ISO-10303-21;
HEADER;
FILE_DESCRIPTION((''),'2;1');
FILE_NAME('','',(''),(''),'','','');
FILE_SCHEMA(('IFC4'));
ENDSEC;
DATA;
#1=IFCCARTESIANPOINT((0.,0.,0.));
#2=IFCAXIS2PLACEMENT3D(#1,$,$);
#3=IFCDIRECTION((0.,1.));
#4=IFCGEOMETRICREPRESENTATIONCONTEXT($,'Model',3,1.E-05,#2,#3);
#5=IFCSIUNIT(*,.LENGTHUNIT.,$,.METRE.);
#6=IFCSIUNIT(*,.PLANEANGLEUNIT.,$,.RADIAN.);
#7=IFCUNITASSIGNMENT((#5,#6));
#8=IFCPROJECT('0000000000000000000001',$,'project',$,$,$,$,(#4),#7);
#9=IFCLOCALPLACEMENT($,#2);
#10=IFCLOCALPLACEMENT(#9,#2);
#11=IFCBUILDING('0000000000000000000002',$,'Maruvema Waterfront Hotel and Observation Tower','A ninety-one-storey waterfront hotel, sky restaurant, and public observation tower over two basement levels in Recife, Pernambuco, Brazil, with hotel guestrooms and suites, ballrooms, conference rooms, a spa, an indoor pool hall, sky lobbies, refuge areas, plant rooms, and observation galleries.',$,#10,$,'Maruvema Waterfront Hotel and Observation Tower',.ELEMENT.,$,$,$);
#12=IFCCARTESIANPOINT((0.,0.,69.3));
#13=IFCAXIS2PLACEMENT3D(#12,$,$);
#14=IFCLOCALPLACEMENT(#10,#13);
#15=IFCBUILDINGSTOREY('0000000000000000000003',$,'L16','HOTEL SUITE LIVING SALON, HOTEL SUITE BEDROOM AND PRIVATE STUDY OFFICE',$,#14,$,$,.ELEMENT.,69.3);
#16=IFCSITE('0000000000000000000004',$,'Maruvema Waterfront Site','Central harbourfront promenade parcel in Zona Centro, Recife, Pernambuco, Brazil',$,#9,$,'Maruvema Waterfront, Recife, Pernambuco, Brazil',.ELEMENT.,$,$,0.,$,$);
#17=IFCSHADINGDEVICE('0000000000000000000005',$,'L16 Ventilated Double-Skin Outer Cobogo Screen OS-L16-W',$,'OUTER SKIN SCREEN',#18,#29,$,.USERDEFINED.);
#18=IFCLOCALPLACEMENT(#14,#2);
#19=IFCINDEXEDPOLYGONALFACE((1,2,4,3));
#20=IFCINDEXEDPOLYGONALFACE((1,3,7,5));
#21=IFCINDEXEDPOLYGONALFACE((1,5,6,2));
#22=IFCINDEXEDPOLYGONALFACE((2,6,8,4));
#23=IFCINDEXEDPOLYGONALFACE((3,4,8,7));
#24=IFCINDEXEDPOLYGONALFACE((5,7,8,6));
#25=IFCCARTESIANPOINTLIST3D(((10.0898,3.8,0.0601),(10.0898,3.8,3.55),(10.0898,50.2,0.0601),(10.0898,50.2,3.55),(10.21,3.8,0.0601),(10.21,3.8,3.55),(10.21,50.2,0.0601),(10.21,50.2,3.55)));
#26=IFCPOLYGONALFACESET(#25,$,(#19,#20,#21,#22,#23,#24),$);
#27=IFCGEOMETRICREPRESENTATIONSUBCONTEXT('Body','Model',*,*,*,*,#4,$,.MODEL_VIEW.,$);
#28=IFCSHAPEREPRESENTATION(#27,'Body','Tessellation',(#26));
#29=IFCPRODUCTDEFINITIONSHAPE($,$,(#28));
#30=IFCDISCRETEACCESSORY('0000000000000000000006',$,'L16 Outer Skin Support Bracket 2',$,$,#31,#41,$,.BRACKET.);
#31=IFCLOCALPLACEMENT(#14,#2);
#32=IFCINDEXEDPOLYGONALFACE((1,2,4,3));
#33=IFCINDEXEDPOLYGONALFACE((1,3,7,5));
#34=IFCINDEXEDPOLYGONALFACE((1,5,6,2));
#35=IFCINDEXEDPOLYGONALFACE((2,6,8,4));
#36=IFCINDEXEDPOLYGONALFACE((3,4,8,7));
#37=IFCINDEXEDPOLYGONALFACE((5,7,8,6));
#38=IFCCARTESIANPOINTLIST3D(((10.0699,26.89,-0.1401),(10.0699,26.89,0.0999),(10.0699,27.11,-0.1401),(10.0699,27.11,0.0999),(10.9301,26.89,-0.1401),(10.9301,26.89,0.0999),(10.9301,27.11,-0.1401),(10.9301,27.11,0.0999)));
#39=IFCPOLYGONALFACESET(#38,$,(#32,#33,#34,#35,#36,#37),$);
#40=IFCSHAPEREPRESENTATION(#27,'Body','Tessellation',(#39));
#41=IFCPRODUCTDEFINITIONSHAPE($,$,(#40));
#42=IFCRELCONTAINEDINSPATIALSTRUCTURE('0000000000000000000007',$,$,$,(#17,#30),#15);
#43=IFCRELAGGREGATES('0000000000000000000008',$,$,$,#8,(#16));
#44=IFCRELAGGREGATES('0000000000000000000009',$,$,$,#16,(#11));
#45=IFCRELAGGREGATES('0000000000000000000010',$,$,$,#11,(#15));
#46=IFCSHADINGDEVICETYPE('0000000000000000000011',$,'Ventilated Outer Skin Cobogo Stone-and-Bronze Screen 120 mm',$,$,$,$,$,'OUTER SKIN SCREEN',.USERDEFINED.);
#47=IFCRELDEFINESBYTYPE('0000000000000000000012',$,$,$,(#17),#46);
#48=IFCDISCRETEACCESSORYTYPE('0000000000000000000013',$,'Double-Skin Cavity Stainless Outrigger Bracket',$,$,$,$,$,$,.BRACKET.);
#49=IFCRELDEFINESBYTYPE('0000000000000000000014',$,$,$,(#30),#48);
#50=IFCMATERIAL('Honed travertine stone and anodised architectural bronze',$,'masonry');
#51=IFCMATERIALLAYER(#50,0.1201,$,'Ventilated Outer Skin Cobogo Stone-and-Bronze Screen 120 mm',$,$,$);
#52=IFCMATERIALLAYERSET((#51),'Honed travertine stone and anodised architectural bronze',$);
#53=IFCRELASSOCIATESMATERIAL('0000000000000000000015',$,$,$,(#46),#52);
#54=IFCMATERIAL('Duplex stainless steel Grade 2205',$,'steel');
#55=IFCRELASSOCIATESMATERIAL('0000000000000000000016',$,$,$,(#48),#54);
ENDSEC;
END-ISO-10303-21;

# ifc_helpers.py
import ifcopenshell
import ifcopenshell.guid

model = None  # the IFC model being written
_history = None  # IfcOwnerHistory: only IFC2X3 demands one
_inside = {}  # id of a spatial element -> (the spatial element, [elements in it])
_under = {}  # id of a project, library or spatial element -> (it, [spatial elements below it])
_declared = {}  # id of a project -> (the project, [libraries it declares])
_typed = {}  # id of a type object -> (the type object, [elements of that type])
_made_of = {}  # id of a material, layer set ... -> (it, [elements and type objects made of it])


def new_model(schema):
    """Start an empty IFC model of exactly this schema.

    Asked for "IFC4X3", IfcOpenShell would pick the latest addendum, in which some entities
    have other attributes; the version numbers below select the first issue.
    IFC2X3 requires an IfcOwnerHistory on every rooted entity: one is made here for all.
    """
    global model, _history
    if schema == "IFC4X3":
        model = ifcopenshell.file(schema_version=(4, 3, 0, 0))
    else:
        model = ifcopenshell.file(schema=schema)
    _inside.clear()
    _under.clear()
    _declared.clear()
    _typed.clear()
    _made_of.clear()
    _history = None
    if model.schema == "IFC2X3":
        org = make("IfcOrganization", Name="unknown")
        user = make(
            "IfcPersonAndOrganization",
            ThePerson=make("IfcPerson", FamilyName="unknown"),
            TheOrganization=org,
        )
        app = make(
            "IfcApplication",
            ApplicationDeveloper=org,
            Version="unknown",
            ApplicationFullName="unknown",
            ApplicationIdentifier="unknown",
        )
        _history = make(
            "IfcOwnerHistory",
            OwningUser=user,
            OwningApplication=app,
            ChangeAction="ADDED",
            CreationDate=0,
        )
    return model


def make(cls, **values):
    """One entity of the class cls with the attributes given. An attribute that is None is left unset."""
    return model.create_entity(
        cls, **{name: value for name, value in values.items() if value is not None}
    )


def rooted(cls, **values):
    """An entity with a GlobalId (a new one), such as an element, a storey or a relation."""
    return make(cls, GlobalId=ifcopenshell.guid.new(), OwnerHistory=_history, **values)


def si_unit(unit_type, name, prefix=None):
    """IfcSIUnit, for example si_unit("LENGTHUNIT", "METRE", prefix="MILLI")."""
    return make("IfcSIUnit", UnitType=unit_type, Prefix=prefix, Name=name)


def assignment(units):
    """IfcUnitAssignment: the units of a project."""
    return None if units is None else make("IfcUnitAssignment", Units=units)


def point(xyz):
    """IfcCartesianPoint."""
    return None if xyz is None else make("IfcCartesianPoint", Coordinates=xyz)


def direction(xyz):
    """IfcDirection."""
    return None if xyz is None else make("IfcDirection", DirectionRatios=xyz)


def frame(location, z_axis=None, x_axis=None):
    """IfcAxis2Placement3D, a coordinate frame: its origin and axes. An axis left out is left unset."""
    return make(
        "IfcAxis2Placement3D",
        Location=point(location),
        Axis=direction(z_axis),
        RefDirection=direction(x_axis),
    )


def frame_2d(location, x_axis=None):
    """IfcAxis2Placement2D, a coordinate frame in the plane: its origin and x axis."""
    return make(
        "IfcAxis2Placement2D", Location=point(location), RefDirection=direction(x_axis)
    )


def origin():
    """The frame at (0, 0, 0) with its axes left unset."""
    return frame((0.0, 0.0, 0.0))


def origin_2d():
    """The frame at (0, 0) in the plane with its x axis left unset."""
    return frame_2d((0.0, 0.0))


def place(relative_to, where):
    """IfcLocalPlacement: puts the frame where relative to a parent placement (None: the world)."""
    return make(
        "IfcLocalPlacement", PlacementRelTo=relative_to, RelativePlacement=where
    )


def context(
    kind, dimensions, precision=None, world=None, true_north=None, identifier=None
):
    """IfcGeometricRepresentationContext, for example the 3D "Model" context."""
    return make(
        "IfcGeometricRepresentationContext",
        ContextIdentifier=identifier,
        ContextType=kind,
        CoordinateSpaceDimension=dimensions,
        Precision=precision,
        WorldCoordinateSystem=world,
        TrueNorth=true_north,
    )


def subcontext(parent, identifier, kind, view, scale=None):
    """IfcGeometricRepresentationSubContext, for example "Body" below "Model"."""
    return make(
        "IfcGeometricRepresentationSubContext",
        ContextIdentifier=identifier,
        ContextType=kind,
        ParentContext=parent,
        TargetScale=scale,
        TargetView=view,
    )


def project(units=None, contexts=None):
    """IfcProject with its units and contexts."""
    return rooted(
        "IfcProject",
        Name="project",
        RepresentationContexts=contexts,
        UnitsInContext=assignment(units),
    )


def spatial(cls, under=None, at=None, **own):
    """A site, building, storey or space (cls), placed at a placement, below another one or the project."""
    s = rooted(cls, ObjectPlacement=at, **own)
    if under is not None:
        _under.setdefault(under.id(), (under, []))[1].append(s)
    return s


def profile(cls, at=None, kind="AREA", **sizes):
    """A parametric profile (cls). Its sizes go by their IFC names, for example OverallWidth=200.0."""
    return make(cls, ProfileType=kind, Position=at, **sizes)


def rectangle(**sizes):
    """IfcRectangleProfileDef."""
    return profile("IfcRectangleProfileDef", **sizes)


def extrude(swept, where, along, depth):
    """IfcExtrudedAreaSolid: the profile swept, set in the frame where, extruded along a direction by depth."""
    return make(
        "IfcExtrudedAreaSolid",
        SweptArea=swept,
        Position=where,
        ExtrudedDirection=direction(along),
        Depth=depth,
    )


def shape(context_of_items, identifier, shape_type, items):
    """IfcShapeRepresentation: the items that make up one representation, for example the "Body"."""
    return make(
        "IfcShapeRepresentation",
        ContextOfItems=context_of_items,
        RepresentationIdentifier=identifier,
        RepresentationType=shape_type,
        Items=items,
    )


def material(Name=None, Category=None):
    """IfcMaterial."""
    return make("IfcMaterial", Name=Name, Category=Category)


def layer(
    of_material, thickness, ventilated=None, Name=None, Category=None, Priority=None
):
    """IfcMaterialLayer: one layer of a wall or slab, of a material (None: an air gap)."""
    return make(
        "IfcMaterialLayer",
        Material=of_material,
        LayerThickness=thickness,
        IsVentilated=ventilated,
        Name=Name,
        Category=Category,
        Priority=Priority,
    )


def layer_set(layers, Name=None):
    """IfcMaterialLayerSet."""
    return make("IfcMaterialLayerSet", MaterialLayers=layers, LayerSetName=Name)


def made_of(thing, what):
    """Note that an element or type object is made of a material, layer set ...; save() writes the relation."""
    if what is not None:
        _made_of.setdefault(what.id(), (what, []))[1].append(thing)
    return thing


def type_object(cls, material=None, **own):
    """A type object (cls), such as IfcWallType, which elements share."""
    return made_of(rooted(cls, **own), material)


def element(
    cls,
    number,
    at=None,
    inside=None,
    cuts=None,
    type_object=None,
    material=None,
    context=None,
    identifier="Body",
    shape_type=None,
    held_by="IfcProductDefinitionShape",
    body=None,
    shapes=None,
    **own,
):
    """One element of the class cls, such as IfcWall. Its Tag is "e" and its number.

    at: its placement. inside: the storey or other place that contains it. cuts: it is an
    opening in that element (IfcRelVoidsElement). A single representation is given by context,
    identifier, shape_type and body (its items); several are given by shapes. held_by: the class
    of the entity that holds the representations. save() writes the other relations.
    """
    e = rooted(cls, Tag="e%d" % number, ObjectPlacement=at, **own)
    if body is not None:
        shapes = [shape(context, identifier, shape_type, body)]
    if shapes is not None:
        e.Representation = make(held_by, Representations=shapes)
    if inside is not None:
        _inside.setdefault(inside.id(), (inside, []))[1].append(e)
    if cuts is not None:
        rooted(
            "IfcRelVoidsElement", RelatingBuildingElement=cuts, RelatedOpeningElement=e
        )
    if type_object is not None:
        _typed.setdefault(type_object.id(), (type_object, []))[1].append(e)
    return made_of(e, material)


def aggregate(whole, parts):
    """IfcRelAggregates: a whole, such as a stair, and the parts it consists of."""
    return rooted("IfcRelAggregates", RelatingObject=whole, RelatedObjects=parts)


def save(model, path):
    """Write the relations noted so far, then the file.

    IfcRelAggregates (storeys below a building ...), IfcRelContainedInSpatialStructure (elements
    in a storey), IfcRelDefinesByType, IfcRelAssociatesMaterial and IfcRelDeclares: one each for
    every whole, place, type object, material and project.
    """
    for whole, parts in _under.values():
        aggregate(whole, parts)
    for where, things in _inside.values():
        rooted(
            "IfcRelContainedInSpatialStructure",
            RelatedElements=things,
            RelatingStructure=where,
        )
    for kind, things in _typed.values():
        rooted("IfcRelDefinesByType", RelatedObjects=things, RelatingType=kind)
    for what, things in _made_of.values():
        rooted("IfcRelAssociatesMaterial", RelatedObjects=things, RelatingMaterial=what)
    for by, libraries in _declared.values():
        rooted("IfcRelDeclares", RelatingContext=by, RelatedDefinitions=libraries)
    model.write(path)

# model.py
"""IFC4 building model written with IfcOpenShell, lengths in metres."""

from ifc_helpers import new_model, si_unit, direction, frame, origin, origin_2d, place, context, subcontext, project, spatial, rectangle, extrude, material, layer, layer_set, type_object, element, save


model = new_model("IFC4")

# Units and contexts
model_context = context("Model", 3, precision=1e-05, world=origin(), true_north=direction((0.0, 1.0)))
body_context = subcontext(model_context, "Body", "Model", "MODEL_VIEW")
ifc_project = project(units=[si_unit("LENGTHUNIT", "METRE"), si_unit("PLANEANGLEUNIT", "RADIAN")], contexts=[model_context])

# Site, building, storey
site_placement = place(None, origin())
site = spatial("IfcSite", under=ifc_project, at=site_placement, Name="Maruvema Waterfront Site", Description="Central harbourfront promenade parcel in Zona Centro, Recife, Pernambuco, Brazil", LongName="Maruvema Waterfront, Recife, Pernambuco, Brazil", CompositionType="ELEMENT", RefElevation=0.0)
building_placement = place(site_placement, origin())
building = spatial("IfcBuilding", under=site, at=building_placement, Name="Maruvema Waterfront Hotel and Observation Tower", Description="A ninety-one-storey waterfront hotel, sky restaurant, and public observation tower over two basement levels in Recife, Pernambuco, Brazil, with hotel guestrooms and suites, ballrooms, conference rooms, a spa, an indoor pool hall, sky lobbies, refuge areas, plant rooms, and observation galleries.", LongName="Maruvema Waterfront Hotel and Observation Tower", CompositionType="ELEMENT")
storey_placement = place(building_placement, frame((0.0, 0.0, 69.3)))
storey = spatial("IfcBuildingStorey", under=building, at=storey_placement, Name="L16", Description="HOTEL SUITE LIVING SALON, HOTEL SUITE BEDROOM AND PRIVATE STUDY OFFICE", CompositionType="ELEMENT", Elevation=69.3)

# Shading device
ifc_material_1 = material(Name="Honed travertine stone and anodised architectural bronze", Category="masonry")
ifc_layer_1 = layer(ifc_material_1, 0.1201, Name="Ventilated Outer Skin Cobogo Stone-and-Bronze Screen 120 mm")
ifc_layer_set_1 = layer_set([ifc_layer_1], Name="Honed travertine stone and anodised architectural bronze")
shading_device_type = type_object("IfcShadingDeviceType", Name="Ventilated Outer Skin Cobogo Stone-and-Bronze Screen 120 mm", ElementType="OUTER SKIN SCREEN", PredefinedType="USERDEFINED", material=ifc_layer_set_1)
shading_device_placement = place(storey_placement, frame((10.1499, 27.0, 0.0601), z_axis=(0.0, 0.0, 1.0), x_axis=(0.0, -1.0, 0.0)))
element("IfcShadingDevice", 1, at=shading_device_placement, inside=storey, type_object=shading_device_type, Name="L16 Ventilated Double-Skin Outer Cobogo Screen OS-L16-W", ObjectType="OUTER SKIN SCREEN", PredefinedType="USERDEFINED", context=body_context, shape_type="SweptSolid", body=[
    extrude(rectangle(XDim=46.3999, YDim=0.1201, at=origin_2d()), origin(), (0.0, 0.0, 1.0), 3.49),
])

# Discrete accessory
ifc_material_2 = material(Name="Duplex stainless steel Grade 2205", Category="steel")
discrete_accessory_type = type_object("IfcDiscreteAccessoryType", Name="Double-Skin Cavity Stainless Outrigger Bracket", PredefinedType="BRACKET", material=ifc_material_2)
discrete_accessory_placement = place(storey_placement, frame((10.5, 27.0, -0.1401), z_axis=(0.0, 0.0, 1.0), x_axis=(0.0, -1.0, 0.0)))
element("IfcDiscreteAccessory", 2, at=discrete_accessory_placement, inside=storey, type_object=discrete_accessory_type, Name="L16 Outer Skin Support Bracket 2", PredefinedType="BRACKET", context=body_context, shape_type="SweptSolid", body=[
    extrude(rectangle(XDim=0.22, YDim=0.8601, at=origin_2d()), origin(), (0.0, 0.0, 1.0), 0.24),
])

save(model, "model.ifc")
